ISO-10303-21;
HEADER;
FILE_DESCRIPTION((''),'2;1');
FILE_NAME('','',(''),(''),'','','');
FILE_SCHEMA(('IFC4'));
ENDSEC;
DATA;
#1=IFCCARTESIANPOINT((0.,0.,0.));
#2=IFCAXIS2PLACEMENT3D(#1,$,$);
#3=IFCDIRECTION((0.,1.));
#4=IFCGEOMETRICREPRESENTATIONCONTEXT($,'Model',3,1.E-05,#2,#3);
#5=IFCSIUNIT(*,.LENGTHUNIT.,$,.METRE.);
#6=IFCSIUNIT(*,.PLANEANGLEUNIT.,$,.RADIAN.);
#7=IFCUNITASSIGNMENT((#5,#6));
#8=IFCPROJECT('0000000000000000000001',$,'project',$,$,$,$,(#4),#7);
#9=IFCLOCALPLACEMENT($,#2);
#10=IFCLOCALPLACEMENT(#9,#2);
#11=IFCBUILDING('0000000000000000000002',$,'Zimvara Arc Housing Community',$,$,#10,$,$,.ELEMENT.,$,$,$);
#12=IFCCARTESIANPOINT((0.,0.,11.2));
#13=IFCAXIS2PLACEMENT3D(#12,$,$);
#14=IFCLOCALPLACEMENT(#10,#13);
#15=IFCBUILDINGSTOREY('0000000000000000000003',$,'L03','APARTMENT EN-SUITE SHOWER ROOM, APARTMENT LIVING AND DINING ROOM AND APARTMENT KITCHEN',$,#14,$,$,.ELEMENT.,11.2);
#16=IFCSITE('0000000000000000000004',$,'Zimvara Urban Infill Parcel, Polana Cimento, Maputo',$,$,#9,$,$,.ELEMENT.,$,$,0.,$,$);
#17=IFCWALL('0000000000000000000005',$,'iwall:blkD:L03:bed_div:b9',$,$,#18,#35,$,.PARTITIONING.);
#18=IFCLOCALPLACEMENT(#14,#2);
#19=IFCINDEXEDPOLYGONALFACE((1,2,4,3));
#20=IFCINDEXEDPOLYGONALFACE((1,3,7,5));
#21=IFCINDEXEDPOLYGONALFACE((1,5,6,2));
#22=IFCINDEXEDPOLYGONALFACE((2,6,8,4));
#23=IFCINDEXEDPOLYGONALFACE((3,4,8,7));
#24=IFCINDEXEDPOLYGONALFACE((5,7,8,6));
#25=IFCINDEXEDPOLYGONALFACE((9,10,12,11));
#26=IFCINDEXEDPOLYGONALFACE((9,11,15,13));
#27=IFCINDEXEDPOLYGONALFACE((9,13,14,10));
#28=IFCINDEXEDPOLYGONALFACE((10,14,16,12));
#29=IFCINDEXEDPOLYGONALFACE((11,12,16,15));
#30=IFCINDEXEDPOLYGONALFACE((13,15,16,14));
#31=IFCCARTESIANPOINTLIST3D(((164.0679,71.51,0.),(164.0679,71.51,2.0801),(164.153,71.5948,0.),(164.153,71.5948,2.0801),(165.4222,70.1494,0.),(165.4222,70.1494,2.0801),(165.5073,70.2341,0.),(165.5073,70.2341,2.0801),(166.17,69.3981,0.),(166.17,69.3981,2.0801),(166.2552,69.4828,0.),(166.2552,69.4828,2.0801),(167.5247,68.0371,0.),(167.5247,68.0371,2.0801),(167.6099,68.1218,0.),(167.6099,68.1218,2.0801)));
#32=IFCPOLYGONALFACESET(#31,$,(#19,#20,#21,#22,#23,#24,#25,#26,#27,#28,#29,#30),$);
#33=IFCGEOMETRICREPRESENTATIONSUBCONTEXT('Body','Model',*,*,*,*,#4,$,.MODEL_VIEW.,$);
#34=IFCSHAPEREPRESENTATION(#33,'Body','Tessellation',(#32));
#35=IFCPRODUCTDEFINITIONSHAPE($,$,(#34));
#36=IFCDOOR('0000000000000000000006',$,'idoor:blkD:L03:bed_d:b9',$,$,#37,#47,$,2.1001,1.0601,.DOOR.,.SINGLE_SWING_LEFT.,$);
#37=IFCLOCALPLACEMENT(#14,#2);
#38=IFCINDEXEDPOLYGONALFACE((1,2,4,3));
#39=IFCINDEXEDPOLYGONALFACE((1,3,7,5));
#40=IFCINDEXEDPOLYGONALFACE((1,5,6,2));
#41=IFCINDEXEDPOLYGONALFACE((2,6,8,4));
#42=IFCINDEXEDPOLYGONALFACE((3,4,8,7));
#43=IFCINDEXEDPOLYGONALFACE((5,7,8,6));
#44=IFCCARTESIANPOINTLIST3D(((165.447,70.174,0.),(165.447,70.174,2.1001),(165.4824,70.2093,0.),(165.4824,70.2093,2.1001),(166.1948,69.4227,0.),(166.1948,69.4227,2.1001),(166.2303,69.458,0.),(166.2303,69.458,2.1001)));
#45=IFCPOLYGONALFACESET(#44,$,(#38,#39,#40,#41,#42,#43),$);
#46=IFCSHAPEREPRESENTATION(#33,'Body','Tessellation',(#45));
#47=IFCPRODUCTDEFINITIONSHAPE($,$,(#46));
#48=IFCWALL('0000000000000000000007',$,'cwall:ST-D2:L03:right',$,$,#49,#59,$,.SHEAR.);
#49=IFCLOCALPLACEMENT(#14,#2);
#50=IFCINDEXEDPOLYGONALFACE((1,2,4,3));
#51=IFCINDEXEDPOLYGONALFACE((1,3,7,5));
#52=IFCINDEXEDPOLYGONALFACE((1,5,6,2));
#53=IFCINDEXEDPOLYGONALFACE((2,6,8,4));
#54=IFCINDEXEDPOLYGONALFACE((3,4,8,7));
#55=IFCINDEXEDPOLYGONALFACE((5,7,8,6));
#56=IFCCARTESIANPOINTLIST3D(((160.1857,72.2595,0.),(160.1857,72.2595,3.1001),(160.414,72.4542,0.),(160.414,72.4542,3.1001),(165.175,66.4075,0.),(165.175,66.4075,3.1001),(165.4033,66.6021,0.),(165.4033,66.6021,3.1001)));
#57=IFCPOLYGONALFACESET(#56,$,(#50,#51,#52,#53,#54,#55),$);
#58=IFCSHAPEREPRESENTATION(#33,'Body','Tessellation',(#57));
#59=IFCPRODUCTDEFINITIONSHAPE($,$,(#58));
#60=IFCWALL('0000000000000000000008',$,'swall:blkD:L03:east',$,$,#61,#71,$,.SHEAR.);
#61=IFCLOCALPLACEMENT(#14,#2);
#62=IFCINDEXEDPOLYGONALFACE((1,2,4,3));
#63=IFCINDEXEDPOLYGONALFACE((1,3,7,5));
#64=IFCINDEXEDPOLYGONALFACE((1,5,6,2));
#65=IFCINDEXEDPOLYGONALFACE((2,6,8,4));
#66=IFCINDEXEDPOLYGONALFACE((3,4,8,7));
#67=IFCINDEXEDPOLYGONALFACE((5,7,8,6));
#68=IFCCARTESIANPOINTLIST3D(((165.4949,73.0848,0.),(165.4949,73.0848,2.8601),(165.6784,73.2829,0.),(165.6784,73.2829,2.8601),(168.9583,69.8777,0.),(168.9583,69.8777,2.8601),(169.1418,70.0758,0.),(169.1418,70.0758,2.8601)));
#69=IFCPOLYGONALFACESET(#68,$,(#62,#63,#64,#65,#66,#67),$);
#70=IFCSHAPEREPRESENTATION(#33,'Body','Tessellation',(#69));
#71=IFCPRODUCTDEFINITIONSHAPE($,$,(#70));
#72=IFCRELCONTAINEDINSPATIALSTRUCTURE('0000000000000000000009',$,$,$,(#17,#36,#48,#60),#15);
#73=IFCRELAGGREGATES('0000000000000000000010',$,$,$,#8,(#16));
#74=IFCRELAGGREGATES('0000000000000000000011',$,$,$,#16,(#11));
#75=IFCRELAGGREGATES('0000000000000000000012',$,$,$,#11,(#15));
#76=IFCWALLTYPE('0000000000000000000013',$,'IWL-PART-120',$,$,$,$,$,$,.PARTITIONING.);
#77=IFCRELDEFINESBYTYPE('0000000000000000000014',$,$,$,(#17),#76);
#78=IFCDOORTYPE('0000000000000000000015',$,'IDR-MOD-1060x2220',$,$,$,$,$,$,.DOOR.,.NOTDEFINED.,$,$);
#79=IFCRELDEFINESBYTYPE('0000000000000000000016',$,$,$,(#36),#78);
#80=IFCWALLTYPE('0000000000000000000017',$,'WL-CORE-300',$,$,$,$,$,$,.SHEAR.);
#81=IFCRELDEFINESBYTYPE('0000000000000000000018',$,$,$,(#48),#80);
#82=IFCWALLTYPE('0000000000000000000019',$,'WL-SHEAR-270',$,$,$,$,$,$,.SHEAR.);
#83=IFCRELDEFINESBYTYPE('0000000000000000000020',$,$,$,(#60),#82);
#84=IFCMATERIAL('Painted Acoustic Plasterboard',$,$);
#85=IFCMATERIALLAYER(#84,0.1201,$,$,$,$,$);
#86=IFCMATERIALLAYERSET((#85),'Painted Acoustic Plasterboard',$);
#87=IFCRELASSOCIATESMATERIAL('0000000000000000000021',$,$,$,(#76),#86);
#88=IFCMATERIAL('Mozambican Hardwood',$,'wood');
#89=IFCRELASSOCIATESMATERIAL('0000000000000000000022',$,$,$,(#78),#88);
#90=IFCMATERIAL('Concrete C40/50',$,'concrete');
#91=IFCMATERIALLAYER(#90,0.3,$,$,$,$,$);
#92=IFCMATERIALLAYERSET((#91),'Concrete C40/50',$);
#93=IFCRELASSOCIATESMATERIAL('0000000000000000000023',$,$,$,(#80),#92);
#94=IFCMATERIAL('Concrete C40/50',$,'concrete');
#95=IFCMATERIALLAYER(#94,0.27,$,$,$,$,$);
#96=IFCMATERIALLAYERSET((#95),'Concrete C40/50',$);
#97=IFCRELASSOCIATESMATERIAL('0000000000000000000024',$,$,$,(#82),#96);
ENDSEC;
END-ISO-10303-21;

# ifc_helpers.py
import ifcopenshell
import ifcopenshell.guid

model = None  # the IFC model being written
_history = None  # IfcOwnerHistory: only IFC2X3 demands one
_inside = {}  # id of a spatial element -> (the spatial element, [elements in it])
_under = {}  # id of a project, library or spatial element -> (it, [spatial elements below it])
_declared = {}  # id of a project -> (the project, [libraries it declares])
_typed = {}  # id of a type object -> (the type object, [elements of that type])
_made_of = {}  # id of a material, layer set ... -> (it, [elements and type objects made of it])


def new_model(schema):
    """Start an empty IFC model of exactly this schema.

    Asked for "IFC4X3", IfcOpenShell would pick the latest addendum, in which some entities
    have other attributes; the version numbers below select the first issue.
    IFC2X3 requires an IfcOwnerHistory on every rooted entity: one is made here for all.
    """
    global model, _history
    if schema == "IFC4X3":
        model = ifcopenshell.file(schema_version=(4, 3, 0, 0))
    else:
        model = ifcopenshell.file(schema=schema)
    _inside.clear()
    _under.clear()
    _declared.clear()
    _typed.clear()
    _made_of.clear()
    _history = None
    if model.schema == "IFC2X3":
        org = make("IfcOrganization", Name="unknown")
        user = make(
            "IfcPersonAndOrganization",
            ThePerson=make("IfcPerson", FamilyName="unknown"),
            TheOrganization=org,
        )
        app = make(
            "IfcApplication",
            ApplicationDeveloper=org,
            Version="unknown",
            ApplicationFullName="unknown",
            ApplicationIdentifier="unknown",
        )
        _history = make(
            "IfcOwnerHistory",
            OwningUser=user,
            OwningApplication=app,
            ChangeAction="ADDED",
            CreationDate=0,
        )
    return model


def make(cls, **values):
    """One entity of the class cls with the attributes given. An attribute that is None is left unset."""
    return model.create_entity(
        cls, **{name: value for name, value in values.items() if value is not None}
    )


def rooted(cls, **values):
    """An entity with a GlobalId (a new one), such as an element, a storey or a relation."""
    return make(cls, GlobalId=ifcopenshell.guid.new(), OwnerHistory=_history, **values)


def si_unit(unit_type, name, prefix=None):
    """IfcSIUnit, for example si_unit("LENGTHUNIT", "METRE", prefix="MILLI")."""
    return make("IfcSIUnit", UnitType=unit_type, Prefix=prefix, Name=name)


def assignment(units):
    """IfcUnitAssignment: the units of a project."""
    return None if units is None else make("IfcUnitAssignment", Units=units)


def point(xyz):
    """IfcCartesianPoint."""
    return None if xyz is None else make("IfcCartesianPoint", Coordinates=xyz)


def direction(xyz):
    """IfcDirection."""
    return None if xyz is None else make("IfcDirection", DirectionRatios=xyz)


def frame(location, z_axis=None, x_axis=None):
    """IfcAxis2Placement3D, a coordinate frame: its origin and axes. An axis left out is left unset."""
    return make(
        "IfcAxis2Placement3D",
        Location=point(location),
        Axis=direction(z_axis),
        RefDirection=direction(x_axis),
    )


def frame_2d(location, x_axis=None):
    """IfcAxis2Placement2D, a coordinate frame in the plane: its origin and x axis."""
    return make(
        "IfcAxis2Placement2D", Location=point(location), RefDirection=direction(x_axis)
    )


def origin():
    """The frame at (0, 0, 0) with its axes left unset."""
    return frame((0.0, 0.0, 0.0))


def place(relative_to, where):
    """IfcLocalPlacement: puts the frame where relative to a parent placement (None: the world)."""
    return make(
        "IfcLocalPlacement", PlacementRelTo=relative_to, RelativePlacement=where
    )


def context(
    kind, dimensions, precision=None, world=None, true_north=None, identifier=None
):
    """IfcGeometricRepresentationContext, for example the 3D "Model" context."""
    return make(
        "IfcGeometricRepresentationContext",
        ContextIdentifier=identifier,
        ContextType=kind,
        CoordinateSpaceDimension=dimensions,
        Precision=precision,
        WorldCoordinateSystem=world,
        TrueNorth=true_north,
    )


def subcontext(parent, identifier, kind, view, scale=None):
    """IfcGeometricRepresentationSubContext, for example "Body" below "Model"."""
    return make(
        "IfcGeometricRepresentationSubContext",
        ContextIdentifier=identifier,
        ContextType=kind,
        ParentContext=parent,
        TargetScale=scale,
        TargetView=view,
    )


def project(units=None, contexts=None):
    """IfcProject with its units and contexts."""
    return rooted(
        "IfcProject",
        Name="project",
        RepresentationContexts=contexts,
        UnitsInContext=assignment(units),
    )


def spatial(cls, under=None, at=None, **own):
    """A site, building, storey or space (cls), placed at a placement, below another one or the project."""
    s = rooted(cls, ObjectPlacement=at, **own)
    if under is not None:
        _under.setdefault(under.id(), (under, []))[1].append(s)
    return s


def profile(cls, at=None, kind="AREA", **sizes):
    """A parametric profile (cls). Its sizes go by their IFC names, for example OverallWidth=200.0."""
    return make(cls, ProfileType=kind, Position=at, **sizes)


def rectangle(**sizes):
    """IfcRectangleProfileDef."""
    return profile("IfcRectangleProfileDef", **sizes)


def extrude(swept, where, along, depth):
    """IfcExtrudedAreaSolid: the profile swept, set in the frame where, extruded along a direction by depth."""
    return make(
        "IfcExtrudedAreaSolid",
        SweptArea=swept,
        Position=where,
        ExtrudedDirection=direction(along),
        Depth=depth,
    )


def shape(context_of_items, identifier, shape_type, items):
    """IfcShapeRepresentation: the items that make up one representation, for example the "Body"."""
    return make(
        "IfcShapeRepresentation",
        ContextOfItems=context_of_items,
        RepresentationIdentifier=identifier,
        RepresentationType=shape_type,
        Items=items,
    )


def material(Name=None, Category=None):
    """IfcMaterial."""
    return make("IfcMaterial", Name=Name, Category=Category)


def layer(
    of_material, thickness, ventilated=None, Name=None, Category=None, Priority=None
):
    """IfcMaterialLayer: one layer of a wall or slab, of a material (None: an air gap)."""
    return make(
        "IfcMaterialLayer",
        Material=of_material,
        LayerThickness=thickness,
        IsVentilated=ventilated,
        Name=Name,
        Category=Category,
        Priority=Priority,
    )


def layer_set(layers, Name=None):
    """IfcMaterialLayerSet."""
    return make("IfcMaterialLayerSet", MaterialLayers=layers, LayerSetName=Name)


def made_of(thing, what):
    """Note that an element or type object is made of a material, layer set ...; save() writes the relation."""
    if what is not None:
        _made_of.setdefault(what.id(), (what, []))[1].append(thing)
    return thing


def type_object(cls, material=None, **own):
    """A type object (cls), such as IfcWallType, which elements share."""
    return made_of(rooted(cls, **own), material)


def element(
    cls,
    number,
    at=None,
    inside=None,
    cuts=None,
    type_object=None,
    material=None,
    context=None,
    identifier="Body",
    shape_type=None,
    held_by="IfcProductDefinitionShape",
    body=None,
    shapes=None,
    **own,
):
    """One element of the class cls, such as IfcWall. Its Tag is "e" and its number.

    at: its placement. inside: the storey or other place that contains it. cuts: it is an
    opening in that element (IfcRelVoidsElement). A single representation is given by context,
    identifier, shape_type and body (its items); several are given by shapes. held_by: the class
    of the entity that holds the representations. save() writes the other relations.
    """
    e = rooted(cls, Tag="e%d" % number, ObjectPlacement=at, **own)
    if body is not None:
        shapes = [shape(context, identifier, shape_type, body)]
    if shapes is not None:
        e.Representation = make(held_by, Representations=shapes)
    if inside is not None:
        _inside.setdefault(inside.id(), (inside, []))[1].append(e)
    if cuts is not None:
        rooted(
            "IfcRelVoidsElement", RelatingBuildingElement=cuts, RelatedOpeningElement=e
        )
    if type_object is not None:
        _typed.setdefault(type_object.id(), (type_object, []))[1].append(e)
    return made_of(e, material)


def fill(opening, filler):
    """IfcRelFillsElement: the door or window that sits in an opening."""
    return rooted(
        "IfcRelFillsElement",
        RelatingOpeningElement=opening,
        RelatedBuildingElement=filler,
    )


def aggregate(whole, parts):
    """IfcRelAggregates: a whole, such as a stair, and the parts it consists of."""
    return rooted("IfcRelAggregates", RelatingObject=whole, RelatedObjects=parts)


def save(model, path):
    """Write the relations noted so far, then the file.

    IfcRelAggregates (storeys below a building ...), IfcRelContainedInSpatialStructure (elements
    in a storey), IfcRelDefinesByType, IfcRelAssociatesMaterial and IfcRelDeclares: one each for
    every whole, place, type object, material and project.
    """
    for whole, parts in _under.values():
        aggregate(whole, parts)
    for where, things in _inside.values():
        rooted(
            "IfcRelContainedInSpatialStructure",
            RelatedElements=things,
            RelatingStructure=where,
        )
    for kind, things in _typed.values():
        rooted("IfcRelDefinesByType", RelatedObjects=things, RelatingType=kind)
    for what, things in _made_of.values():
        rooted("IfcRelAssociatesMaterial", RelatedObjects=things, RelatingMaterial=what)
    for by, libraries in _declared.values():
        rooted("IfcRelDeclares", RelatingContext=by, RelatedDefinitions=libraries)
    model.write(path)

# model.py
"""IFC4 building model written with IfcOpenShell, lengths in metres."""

from ifc_helpers import new_model, si_unit, direction, frame, frame_2d, origin, place, context, subcontext, project, spatial, rectangle, extrude, material, layer, layer_set, type_object, element, fill, save


model = new_model("IFC4")

# Units and contexts
model_context = context("Model", 3, precision=1e-05, world=origin(), true_north=direction((0.0, 1.0)))
body_context = subcontext(model_context, "Body", "Model", "MODEL_VIEW")
ifc_project = project(units=[si_unit("LENGTHUNIT", "METRE"), si_unit("PLANEANGLEUNIT", "RADIAN")], contexts=[model_context])

# Site, building, storey
site_placement = place(None, origin())
site = spatial("IfcSite", under=ifc_project, at=site_placement, Name="Zimvara Urban Infill Parcel, Polana Cimento, Maputo", CompositionType="ELEMENT", RefElevation=0.0)
building_placement = place(site_placement, origin())
building = spatial("IfcBuilding", under=site, at=building_placement, Name="Zimvara Arc Housing Community", CompositionType="ELEMENT")
storey_placement = place(building_placement, frame((0.0, 0.0, 11.2)))
storey = spatial("IfcBuildingStorey", under=building, at=storey_placement, Name="L03", Description="APARTMENT EN-SUITE SHOWER ROOM, APARTMENT LIVING AND DINING ROOM AND APARTMENT KITCHEN", CompositionType="ELEMENT", Elevation=11.2)

# Wall, opening, door
ifc_material_1 = material(Name="Painted Acoustic Plasterboard")
ifc_layer_1 = layer(ifc_material_1, 0.1201)
ifc_layer_set_1 = layer_set([ifc_layer_1], Name="Painted Acoustic Plasterboard")
wall_type_1 = type_object("IfcWallType", Name="IWL-PART-120", PredefinedType="PARTITIONING", material=ifc_layer_set_1)
wall_1_placement = place(storey_placement, frame((164.1104, 71.5525, 0.0), z_axis=(0.0, 0.0, 1.0), x_axis=(0.705461, -0.708749, 0.0)))
wall_1 = element("IfcWall", 1, at=wall_1_placement, inside=storey, type_object=wall_type_1, Name="iwall:blkD:L03:bed_div:b9", PredefinedType="PARTITIONING", context=body_context, shape_type="SweptSolid", body=[
    extrude(rectangle(XDim=4.9001, YDim=0.1201, at=frame_2d((2.4502, 0.0))), origin(), (0.0, 0.0, 1.0), 2.0801),
])
opening_1_placement = place(wall_1_placement, frame((1.9199, 0.0, 0.0)))
opening_1 = element("IfcOpeningElement", 2, at=opening_1_placement, cuts=wall_1, PredefinedType="OPENING", context=body_context, shape_type="SweptSolid", body=[
    extrude(rectangle(XDim=1.0601, YDim=2.1001, at=frame_2d((0.53, 1.05))), frame((0.0, 0.0701, 0.0), z_axis=(0.0, -1.0, 0.0), x_axis=(1.0, 0.0, 0.0)), (0.0, 0.0, 1.0), 0.1401),
])
ifc_material_2 = material(Name="Mozambican Hardwood", Category="wood")
door_type_1 = type_object("IfcDoorType", Name="IDR-MOD-1060x2220", OperationType="NOTDEFINED", PredefinedType="DOOR", material=ifc_material_2)
door_1_placement = place(opening_1_placement, origin())
door_1 = element("IfcDoor", 3, at=door_1_placement, inside=storey, type_object=door_type_1, Name="idoor:blkD:L03:bed_d:b9", OperationType="SINGLE_SWING_LEFT", OverallHeight=2.1001, OverallWidth=1.0601, PredefinedType="DOOR", context=body_context, shape_type="SweptSolid", body=[
    extrude(rectangle(XDim=1.0601, YDim=2.1001, at=frame_2d((0.53, 1.05))), frame((0.0, 0.0249, 0.0), z_axis=(0.0, -1.0, 0.0), x_axis=(1.0, 0.0, 0.0)), (0.0, 0.0, 1.0), 0.05),
])
fill(opening_1, door_1)

# Walls
ifc_material_3 = material(Name="Concrete C40/50", Category="concrete")
ifc_layer_2 = layer(ifc_material_3, 0.3)
ifc_layer_set_2 = layer_set([ifc_layer_2], Name="Concrete C40/50")
wall_type_2 = type_object("IfcWallType", Name="WL-CORE-300", PredefinedType="SHEAR", material=ifc_layer_set_2)
wall_2_placement = place(storey_placement, frame((160.2998, 72.3569, 0.0), z_axis=(0.0, 0.0, 1.0), x_axis=(0.648781, -0.760975, 0.0)))
element("IfcWall", 4, at=wall_2_placement, inside=storey, type_object=wall_type_2, Name="cwall:ST-D2:L03:right", PredefinedType="SHEAR", context=body_context, shape_type="SweptSolid", body=[
    extrude(rectangle(XDim=7.6902, YDim=0.3, at=frame_2d((3.8452, 0.0))), origin(), (0.0, 0.0, 1.0), 3.1001),
])
ifc_material_4 = material(Name="Concrete C40/50", Category="concrete")
ifc_layer_3 = layer(ifc_material_4, 0.27)
ifc_layer_set_3 = layer_set([ifc_layer_3], Name="Concrete C40/50")
wall_type_3 = type_object("IfcWallType", Name="WL-SHEAR-270", PredefinedType="SHEAR", material=ifc_layer_set_3)
wall_3_placement = place(storey_placement, frame((165.5867, 73.1838, 0.0), z_axis=(0.0, 0.0, 1.0), x_axis=(0.73374, -0.679431, 0.0)))
element("IfcWall", 5, at=wall_3_placement, inside=storey, type_object=wall_type_3, Name="swall:blkD:L03:east", PredefinedType="SHEAR", context=body_context, shape_type="SweptSolid", body=[
    extrude(rectangle(XDim=4.7202, YDim=0.27, at=frame_2d((2.3601, 0.0))), origin(), (0.0, 0.0, 1.0), 2.8601),
])

save(model, "model.ifc")
